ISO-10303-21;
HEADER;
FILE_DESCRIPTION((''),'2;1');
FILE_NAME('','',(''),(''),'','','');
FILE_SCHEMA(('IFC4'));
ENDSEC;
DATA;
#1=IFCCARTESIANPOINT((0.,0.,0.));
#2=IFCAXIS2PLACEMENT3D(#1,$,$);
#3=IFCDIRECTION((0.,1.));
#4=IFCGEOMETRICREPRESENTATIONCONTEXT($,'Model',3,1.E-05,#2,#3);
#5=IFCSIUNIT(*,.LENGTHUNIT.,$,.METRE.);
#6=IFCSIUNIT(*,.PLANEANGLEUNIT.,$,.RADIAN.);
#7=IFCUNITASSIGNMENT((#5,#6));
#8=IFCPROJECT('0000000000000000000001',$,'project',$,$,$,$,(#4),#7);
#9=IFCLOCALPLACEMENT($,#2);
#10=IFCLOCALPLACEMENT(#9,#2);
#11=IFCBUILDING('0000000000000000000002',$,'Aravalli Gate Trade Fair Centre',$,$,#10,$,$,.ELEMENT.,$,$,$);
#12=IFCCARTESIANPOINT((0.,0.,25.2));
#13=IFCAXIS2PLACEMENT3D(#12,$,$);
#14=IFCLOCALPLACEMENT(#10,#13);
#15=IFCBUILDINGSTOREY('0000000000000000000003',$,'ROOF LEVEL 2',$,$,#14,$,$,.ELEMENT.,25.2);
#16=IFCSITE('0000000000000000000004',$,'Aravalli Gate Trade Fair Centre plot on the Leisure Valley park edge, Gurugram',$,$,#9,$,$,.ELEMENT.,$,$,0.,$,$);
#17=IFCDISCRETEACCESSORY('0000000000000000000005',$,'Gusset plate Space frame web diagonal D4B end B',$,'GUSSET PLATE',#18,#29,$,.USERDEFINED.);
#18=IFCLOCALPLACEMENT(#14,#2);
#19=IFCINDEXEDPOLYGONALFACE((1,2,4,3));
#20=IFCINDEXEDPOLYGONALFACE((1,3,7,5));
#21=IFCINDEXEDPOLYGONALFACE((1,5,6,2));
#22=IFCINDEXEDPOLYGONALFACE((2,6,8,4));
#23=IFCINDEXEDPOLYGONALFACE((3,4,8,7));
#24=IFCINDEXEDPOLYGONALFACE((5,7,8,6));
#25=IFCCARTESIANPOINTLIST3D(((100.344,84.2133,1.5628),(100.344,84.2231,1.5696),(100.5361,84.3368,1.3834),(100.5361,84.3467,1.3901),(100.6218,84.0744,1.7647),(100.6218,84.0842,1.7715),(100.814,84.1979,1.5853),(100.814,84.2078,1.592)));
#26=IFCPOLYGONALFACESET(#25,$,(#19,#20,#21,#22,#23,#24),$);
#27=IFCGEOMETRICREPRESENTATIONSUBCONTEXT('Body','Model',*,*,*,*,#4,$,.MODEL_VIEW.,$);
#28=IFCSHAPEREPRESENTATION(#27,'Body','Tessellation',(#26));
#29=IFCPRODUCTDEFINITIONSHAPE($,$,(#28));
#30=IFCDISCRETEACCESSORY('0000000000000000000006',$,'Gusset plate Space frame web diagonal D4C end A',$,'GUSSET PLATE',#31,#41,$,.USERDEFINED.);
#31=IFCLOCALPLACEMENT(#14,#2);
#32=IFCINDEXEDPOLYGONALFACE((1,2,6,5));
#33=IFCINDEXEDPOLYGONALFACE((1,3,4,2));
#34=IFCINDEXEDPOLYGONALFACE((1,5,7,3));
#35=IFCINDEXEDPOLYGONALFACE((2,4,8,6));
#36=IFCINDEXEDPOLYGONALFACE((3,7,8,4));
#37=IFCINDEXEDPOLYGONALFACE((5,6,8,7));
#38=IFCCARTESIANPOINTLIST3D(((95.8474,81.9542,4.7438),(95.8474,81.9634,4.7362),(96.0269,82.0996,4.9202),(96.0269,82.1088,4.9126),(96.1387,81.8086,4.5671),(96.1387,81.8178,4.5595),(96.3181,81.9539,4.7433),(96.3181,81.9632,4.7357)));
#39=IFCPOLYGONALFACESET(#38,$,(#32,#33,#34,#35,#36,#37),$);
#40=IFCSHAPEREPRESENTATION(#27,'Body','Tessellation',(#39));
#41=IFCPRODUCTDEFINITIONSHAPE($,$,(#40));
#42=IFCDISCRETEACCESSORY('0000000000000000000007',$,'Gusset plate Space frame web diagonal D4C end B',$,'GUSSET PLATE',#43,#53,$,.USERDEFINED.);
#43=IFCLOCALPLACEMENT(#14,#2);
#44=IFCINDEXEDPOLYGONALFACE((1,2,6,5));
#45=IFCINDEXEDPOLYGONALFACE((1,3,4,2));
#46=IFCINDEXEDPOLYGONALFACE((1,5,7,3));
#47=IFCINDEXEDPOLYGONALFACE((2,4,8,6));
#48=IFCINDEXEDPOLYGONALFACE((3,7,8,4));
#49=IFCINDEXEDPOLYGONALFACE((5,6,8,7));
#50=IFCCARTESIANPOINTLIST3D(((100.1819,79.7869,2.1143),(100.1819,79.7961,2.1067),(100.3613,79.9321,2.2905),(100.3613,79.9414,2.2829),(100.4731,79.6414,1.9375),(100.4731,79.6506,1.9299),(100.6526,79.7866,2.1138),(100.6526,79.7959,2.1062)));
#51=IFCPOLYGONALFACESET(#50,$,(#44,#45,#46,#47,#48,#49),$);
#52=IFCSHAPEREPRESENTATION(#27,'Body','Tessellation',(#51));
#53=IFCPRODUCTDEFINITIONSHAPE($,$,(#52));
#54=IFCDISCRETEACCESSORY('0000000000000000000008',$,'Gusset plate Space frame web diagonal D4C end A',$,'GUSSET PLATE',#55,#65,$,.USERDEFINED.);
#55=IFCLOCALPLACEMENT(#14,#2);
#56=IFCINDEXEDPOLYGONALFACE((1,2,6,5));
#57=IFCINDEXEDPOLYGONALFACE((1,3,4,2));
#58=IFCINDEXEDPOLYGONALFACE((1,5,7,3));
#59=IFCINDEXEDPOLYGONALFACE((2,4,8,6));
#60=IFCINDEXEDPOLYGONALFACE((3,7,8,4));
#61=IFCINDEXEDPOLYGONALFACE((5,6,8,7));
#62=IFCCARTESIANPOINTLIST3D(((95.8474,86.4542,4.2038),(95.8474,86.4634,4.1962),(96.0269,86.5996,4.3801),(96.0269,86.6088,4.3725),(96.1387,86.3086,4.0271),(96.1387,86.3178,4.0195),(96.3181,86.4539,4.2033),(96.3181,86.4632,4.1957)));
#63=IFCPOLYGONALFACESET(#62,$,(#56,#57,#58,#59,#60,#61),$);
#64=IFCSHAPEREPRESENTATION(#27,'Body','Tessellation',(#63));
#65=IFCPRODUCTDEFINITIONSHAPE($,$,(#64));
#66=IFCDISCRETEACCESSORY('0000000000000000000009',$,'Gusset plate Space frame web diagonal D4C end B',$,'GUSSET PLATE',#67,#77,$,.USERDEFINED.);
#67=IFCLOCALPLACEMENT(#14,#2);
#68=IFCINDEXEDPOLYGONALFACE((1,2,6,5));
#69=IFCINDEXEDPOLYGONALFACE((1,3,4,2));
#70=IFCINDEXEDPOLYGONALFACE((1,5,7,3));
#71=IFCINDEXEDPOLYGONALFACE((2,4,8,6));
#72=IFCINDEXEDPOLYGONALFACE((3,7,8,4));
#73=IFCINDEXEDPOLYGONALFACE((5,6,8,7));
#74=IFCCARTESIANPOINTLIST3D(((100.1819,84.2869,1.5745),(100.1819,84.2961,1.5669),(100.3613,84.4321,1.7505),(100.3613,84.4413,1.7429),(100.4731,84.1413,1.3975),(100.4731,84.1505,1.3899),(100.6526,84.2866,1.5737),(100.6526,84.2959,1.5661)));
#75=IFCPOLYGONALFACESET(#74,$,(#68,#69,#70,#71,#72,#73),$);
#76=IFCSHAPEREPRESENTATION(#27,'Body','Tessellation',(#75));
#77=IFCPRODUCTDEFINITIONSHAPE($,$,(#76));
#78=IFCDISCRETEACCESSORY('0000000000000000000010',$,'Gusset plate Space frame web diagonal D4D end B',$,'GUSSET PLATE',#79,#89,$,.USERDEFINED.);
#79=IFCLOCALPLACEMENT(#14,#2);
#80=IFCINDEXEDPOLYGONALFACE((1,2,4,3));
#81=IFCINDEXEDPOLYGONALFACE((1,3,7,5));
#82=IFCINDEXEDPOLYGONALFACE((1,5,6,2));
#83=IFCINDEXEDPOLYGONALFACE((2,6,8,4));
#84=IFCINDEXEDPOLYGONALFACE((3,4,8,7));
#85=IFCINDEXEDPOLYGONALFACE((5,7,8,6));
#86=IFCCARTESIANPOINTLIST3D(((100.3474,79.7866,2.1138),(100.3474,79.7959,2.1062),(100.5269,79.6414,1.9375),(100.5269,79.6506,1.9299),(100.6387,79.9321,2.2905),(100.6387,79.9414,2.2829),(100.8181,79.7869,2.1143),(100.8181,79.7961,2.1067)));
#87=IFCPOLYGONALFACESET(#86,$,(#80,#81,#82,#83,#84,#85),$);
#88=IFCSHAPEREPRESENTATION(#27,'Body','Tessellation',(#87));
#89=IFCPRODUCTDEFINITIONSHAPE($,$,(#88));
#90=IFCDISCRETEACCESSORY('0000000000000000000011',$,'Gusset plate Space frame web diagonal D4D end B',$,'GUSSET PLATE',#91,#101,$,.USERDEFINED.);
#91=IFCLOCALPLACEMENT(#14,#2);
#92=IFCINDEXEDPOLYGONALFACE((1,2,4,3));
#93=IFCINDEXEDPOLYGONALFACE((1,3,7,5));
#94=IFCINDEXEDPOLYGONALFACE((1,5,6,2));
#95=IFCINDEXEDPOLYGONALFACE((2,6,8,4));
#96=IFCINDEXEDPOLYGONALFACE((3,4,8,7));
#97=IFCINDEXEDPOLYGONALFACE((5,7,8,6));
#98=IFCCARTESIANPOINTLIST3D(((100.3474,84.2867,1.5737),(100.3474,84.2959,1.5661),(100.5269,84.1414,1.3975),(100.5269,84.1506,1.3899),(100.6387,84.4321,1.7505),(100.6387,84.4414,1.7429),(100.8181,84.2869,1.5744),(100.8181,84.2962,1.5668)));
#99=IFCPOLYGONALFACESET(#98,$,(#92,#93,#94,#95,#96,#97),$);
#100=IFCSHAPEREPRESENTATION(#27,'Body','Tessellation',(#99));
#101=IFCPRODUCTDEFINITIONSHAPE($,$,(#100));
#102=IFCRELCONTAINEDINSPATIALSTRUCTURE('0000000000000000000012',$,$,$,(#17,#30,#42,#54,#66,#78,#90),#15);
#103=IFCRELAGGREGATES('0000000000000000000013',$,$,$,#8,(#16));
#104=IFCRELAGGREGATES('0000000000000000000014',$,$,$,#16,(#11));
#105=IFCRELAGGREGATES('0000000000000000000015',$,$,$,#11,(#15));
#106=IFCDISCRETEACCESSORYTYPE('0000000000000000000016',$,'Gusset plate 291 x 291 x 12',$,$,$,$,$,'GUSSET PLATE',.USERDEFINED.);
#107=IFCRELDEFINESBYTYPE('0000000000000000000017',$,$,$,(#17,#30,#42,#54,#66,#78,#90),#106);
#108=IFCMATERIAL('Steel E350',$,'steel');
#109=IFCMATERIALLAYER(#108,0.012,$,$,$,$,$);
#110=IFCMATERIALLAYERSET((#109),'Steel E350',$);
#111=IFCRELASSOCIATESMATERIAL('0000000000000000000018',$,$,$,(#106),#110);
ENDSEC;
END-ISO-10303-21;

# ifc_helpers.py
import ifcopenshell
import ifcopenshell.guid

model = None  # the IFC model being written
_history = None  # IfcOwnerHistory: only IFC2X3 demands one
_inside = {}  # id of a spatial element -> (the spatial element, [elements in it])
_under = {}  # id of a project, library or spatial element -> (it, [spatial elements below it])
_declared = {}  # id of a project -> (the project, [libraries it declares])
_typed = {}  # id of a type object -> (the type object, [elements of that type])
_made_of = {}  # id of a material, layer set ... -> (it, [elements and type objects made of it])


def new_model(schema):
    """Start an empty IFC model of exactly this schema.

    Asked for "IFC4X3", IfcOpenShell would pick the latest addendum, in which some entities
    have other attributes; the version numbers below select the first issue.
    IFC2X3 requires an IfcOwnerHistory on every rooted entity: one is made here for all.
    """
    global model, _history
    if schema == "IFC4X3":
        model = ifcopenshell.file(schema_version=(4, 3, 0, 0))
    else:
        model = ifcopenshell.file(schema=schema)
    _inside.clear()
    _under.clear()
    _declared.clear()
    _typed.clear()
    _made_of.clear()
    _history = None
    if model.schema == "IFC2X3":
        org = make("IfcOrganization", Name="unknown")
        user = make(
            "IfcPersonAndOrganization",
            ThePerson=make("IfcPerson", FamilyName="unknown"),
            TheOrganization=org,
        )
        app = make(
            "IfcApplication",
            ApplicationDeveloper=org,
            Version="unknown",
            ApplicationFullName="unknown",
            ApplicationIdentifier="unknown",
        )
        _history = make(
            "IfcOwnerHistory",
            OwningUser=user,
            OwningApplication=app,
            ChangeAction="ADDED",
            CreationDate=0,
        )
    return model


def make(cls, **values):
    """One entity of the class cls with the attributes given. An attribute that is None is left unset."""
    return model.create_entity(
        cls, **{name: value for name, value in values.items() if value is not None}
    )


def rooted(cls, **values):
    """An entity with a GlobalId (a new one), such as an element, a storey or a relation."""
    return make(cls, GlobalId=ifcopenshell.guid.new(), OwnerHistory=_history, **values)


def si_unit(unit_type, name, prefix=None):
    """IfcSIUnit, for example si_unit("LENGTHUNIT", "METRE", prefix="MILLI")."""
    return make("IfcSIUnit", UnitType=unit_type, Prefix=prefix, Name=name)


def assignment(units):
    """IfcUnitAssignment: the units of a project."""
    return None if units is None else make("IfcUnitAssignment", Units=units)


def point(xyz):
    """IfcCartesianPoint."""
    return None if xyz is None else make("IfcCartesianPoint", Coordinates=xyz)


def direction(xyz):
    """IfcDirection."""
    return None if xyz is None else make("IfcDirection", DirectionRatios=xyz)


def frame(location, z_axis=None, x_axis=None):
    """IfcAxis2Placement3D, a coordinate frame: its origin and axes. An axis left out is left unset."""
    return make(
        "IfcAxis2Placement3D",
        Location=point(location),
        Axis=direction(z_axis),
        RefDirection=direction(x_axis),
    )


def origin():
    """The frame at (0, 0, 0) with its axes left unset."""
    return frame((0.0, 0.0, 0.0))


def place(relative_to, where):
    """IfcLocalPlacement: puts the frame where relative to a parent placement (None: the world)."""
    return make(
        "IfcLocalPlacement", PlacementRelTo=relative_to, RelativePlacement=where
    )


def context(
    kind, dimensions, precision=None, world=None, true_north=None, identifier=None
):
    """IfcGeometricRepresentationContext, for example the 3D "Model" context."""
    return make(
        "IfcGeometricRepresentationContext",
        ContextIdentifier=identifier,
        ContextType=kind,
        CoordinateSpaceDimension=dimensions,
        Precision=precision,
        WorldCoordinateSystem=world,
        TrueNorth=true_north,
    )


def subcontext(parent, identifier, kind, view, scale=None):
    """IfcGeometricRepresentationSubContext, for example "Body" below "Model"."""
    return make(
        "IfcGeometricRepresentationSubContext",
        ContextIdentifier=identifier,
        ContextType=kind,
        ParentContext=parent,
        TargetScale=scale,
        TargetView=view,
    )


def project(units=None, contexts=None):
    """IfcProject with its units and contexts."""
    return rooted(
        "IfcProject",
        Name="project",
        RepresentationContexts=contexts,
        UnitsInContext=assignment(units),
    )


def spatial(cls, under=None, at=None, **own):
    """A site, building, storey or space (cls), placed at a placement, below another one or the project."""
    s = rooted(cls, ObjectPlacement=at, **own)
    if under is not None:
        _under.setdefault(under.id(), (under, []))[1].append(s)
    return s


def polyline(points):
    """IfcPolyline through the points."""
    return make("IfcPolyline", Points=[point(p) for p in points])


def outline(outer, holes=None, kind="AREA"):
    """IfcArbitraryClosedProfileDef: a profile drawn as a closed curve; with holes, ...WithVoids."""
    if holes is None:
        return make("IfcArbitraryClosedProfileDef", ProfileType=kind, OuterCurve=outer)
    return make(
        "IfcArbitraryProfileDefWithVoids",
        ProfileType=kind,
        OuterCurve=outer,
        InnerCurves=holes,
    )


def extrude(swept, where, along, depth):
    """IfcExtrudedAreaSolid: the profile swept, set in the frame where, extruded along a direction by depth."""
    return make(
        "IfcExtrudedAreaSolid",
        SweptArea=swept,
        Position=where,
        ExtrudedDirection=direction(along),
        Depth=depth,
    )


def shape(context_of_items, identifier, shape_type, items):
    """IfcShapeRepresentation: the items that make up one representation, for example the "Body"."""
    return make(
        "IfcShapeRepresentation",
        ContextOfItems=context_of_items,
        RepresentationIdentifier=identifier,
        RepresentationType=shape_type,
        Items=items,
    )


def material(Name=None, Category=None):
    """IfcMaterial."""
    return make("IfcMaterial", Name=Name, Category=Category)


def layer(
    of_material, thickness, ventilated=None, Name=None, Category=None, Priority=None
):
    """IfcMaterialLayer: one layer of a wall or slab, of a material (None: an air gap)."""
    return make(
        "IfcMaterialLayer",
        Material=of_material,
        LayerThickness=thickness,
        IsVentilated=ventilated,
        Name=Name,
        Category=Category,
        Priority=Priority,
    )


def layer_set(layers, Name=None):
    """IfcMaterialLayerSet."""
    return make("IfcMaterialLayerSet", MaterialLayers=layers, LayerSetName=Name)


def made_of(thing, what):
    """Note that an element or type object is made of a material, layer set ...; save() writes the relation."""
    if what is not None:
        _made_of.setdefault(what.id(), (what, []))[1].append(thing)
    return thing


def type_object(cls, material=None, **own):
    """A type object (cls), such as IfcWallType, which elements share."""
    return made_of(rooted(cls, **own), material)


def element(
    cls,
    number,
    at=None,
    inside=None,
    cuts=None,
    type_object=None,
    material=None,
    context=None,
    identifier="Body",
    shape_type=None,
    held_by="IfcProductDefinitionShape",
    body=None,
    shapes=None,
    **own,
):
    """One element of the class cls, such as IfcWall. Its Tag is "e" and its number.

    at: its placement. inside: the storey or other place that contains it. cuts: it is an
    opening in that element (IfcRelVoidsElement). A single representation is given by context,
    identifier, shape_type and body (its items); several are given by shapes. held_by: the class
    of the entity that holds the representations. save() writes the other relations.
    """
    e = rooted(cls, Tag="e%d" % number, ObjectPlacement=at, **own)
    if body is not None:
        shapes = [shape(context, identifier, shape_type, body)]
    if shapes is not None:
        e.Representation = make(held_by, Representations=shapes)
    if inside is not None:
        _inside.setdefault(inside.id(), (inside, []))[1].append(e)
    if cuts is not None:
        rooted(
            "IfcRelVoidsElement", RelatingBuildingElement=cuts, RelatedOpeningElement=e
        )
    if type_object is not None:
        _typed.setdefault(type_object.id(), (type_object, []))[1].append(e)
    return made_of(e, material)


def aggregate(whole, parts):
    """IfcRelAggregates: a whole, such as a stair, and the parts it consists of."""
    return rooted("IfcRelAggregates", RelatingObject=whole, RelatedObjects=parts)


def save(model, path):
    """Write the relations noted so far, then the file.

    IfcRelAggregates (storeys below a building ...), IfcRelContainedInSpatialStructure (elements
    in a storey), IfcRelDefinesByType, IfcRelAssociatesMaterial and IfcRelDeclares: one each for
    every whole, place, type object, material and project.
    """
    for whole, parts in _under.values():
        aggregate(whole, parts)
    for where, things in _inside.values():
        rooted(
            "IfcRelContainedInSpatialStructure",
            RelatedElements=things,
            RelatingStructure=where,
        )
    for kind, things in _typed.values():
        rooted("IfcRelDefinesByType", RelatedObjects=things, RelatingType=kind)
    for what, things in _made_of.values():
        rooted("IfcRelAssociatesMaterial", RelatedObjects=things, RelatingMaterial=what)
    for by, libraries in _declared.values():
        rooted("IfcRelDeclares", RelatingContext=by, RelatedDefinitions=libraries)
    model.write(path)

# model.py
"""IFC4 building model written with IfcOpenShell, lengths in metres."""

from ifc_helpers import new_model, si_unit, direction, frame, origin, place, context, subcontext, project, spatial, polyline, outline, extrude, material, layer, layer_set, type_object, element, save


model = new_model("IFC4")

# Units and contexts
model_context = context("Model", 3, precision=1e-05, world=origin(), true_north=direction((0.0, 1.0)))
body_context = subcontext(model_context, "Body", "Model", "MODEL_VIEW")
ifc_project = project(units=[si_unit("LENGTHUNIT", "METRE"), si_unit("PLANEANGLEUNIT", "RADIAN")], contexts=[model_context])

# Site, building, storey
site_placement = place(None, origin())
site = spatial("IfcSite", under=ifc_project, at=site_placement, Name="Aravalli Gate Trade Fair Centre plot on the Leisure Valley park edge, Gurugram", CompositionType="ELEMENT", RefElevation=0.0)
building_placement = place(site_placement, origin())
building = spatial("IfcBuilding", under=site, at=building_placement, Name="Aravalli Gate Trade Fair Centre", CompositionType="ELEMENT")
storey_placement = place(building_placement, frame((0.0, 0.0, 25.2)))
storey = spatial("IfcBuildingStorey", under=building, at=storey_placement, Name="ROOF LEVEL 2", CompositionType="ELEMENT", Elevation=25.2)

# Shared definitions
ifc_material_1 = material(Name="Steel E350", Category="steel")

# Discrete accessories
ifc_layer_1 = layer(ifc_material_1, 0.012)
ifc_layer_set_1 = layer_set([ifc_layer_1], Name="Steel E350")
discrete_accessory_type = type_object("IfcDiscreteAccessoryType", Name="Gusset plate 291 x 291 x 12", ElementType="GUSSET PLATE", PredefinedType="USERDEFINED", material=ifc_layer_set_1)
for number, where, z_axis, x_axis, name in (
    (1, (100.6218, 84.0842, 1.7715), (-0.000137, 0.82375, 0.566952), (-0.749929, 0.374965, -0.544984), "Gusset plate Space frame web diagonal D4B end B"),
):
    element("IfcDiscreteAccessory", number, at=place(storey_placement, frame(where, z_axis=z_axis, x_axis=x_axis)), inside=storey, type_object=discrete_accessory_type, Name=name, ObjectType="GUSSET PLATE", PredefinedType="USERDEFINED", context=body_context, shape_type="SweptSolid", body=[
        extrude(outline(polyline([(0.0, 0.0), (0.3705, 0.0), (0.3705, -0.2905), (0.0, -0.2905), (0.0, 0.0)])), origin(), (0.0, 0.0, -1.0), 0.012),
    ])
discrete_accessory_1_placement = place(storey_placement, frame((96.1387, 81.8086, 4.5671), z_axis=(0.00026, -0.771582, 0.63613), x_axis=(-0.78619, 0.392962, 0.476956)))
element("IfcDiscreteAccessory", 2, at=discrete_accessory_1_placement, inside=storey, type_object=discrete_accessory_type, Name="Gusset plate Space frame web diagonal D4C end A", ObjectType="GUSSET PLATE", PredefinedType="USERDEFINED", context=body_context, shape_type="SweptSolid", body=[
    extrude(outline(polyline([(0.0, 0.0), (0.3705, 0.0), (0.3706, -0.2906), (0.0001, -0.2905), (0.0, 0.0)])), origin(), (0.0, 0.0, -1.0), 0.012),
])
discrete_accessory_2_placement = place(storey_placement, frame((100.1819, 79.7869, 2.1143), z_axis=(0.000259, -0.771844, 0.635812), x_axis=(0.78619, -0.392765, -0.477118)))
element("IfcDiscreteAccessory", 3, at=discrete_accessory_2_placement, inside=storey, type_object=discrete_accessory_type, Name="Gusset plate Space frame web diagonal D4C end B", ObjectType="GUSSET PLATE", PredefinedType="USERDEFINED", context=body_context, shape_type="SweptSolid", body=[
    extrude(outline(polyline([(0.0, 0.0), (0.3705, 0.0), (0.3704, 0.2905), (-0.0001, 0.2905), (0.0, 0.0)])), origin(), (0.0, 0.0, -1.0), 0.012),
])
discrete_accessory_3_placement = place(storey_placement, frame((96.1387, 86.3086, 4.0271), z_axis=(0.00026, -0.771582, 0.63613), x_axis=(-0.78619, 0.392962, 0.476956)))
element("IfcDiscreteAccessory", 4, at=discrete_accessory_3_placement, inside=storey, type_object=discrete_accessory_type, Name="Gusset plate Space frame web diagonal D4C end A", ObjectType="GUSSET PLATE", PredefinedType="USERDEFINED", context=body_context, shape_type="SweptSolid", body=[
    extrude(outline(polyline([(0.0, 0.0), (0.3705, 0.0), (0.3706, -0.2906), (0.0001, -0.2905), (0.0, 0.0)])), origin(), (0.0, 0.0, -1.0), 0.012),
])
discrete_accessory_4_placement = place(storey_placement, frame((100.1819, 84.2869, 1.5745), z_axis=(0.000589, -0.771792, 0.635874), x_axis=(0.785943, -0.392803, -0.477493)))
element("IfcDiscreteAccessory", 5, at=discrete_accessory_4_placement, inside=storey, type_object=discrete_accessory_type, Name="Gusset plate Space frame web diagonal D4C end B", ObjectType="GUSSET PLATE", PredefinedType="USERDEFINED", context=body_context, shape_type="SweptSolid", body=[
    extrude(outline(polyline([(0.0, 0.0), (0.3706, 0.0), (0.3704, 0.2905), (-0.0001, 0.2903), (0.0, 0.0)])), origin(), (0.0, 0.0, -1.0), 0.012),
])
discrete_accessory_5_placement = place(storey_placement, frame((100.6387, 79.9321, 2.2905), z_axis=(-0.000259, -0.771844, 0.635812), x_axis=(-0.78619, -0.392765, -0.477118)))
element("IfcDiscreteAccessory", 6, at=discrete_accessory_5_placement, inside=storey, type_object=discrete_accessory_type, Name="Gusset plate Space frame web diagonal D4D end B", ObjectType="GUSSET PLATE", PredefinedType="USERDEFINED", context=body_context, shape_type="SweptSolid", body=[
    extrude(outline(polyline([(0.0, 0.0), (0.3705, 0.0), (0.3705, 0.2905), (0.0001, 0.2905), (0.0, 0.0)])), origin(), (0.0, 0.0, -1.0), 0.012),
])
discrete_accessory_6_placement = place(storey_placement, frame((100.6387, 84.4321, 1.7505), z_axis=(-0.000589, -0.771792, 0.635874), x_axis=(-0.78619, -0.392604, -0.477251)))
element("IfcDiscreteAccessory", 7, at=discrete_accessory_6_placement, inside=storey, type_object=discrete_accessory_type, Name="Gusset plate Space frame web diagonal D4D end B", ObjectType="GUSSET PLATE", PredefinedType="USERDEFINED", context=body_context, shape_type="SweptSolid", body=[
    extrude(outline(polyline([(0.0, 0.0), (0.3705, 0.0), (0.3705, 0.2905), (0.0, 0.2903), (0.0, 0.0)])), origin(), (0.0, 0.0, -1.0), 0.012),
])

save(model, "model.ifc")
